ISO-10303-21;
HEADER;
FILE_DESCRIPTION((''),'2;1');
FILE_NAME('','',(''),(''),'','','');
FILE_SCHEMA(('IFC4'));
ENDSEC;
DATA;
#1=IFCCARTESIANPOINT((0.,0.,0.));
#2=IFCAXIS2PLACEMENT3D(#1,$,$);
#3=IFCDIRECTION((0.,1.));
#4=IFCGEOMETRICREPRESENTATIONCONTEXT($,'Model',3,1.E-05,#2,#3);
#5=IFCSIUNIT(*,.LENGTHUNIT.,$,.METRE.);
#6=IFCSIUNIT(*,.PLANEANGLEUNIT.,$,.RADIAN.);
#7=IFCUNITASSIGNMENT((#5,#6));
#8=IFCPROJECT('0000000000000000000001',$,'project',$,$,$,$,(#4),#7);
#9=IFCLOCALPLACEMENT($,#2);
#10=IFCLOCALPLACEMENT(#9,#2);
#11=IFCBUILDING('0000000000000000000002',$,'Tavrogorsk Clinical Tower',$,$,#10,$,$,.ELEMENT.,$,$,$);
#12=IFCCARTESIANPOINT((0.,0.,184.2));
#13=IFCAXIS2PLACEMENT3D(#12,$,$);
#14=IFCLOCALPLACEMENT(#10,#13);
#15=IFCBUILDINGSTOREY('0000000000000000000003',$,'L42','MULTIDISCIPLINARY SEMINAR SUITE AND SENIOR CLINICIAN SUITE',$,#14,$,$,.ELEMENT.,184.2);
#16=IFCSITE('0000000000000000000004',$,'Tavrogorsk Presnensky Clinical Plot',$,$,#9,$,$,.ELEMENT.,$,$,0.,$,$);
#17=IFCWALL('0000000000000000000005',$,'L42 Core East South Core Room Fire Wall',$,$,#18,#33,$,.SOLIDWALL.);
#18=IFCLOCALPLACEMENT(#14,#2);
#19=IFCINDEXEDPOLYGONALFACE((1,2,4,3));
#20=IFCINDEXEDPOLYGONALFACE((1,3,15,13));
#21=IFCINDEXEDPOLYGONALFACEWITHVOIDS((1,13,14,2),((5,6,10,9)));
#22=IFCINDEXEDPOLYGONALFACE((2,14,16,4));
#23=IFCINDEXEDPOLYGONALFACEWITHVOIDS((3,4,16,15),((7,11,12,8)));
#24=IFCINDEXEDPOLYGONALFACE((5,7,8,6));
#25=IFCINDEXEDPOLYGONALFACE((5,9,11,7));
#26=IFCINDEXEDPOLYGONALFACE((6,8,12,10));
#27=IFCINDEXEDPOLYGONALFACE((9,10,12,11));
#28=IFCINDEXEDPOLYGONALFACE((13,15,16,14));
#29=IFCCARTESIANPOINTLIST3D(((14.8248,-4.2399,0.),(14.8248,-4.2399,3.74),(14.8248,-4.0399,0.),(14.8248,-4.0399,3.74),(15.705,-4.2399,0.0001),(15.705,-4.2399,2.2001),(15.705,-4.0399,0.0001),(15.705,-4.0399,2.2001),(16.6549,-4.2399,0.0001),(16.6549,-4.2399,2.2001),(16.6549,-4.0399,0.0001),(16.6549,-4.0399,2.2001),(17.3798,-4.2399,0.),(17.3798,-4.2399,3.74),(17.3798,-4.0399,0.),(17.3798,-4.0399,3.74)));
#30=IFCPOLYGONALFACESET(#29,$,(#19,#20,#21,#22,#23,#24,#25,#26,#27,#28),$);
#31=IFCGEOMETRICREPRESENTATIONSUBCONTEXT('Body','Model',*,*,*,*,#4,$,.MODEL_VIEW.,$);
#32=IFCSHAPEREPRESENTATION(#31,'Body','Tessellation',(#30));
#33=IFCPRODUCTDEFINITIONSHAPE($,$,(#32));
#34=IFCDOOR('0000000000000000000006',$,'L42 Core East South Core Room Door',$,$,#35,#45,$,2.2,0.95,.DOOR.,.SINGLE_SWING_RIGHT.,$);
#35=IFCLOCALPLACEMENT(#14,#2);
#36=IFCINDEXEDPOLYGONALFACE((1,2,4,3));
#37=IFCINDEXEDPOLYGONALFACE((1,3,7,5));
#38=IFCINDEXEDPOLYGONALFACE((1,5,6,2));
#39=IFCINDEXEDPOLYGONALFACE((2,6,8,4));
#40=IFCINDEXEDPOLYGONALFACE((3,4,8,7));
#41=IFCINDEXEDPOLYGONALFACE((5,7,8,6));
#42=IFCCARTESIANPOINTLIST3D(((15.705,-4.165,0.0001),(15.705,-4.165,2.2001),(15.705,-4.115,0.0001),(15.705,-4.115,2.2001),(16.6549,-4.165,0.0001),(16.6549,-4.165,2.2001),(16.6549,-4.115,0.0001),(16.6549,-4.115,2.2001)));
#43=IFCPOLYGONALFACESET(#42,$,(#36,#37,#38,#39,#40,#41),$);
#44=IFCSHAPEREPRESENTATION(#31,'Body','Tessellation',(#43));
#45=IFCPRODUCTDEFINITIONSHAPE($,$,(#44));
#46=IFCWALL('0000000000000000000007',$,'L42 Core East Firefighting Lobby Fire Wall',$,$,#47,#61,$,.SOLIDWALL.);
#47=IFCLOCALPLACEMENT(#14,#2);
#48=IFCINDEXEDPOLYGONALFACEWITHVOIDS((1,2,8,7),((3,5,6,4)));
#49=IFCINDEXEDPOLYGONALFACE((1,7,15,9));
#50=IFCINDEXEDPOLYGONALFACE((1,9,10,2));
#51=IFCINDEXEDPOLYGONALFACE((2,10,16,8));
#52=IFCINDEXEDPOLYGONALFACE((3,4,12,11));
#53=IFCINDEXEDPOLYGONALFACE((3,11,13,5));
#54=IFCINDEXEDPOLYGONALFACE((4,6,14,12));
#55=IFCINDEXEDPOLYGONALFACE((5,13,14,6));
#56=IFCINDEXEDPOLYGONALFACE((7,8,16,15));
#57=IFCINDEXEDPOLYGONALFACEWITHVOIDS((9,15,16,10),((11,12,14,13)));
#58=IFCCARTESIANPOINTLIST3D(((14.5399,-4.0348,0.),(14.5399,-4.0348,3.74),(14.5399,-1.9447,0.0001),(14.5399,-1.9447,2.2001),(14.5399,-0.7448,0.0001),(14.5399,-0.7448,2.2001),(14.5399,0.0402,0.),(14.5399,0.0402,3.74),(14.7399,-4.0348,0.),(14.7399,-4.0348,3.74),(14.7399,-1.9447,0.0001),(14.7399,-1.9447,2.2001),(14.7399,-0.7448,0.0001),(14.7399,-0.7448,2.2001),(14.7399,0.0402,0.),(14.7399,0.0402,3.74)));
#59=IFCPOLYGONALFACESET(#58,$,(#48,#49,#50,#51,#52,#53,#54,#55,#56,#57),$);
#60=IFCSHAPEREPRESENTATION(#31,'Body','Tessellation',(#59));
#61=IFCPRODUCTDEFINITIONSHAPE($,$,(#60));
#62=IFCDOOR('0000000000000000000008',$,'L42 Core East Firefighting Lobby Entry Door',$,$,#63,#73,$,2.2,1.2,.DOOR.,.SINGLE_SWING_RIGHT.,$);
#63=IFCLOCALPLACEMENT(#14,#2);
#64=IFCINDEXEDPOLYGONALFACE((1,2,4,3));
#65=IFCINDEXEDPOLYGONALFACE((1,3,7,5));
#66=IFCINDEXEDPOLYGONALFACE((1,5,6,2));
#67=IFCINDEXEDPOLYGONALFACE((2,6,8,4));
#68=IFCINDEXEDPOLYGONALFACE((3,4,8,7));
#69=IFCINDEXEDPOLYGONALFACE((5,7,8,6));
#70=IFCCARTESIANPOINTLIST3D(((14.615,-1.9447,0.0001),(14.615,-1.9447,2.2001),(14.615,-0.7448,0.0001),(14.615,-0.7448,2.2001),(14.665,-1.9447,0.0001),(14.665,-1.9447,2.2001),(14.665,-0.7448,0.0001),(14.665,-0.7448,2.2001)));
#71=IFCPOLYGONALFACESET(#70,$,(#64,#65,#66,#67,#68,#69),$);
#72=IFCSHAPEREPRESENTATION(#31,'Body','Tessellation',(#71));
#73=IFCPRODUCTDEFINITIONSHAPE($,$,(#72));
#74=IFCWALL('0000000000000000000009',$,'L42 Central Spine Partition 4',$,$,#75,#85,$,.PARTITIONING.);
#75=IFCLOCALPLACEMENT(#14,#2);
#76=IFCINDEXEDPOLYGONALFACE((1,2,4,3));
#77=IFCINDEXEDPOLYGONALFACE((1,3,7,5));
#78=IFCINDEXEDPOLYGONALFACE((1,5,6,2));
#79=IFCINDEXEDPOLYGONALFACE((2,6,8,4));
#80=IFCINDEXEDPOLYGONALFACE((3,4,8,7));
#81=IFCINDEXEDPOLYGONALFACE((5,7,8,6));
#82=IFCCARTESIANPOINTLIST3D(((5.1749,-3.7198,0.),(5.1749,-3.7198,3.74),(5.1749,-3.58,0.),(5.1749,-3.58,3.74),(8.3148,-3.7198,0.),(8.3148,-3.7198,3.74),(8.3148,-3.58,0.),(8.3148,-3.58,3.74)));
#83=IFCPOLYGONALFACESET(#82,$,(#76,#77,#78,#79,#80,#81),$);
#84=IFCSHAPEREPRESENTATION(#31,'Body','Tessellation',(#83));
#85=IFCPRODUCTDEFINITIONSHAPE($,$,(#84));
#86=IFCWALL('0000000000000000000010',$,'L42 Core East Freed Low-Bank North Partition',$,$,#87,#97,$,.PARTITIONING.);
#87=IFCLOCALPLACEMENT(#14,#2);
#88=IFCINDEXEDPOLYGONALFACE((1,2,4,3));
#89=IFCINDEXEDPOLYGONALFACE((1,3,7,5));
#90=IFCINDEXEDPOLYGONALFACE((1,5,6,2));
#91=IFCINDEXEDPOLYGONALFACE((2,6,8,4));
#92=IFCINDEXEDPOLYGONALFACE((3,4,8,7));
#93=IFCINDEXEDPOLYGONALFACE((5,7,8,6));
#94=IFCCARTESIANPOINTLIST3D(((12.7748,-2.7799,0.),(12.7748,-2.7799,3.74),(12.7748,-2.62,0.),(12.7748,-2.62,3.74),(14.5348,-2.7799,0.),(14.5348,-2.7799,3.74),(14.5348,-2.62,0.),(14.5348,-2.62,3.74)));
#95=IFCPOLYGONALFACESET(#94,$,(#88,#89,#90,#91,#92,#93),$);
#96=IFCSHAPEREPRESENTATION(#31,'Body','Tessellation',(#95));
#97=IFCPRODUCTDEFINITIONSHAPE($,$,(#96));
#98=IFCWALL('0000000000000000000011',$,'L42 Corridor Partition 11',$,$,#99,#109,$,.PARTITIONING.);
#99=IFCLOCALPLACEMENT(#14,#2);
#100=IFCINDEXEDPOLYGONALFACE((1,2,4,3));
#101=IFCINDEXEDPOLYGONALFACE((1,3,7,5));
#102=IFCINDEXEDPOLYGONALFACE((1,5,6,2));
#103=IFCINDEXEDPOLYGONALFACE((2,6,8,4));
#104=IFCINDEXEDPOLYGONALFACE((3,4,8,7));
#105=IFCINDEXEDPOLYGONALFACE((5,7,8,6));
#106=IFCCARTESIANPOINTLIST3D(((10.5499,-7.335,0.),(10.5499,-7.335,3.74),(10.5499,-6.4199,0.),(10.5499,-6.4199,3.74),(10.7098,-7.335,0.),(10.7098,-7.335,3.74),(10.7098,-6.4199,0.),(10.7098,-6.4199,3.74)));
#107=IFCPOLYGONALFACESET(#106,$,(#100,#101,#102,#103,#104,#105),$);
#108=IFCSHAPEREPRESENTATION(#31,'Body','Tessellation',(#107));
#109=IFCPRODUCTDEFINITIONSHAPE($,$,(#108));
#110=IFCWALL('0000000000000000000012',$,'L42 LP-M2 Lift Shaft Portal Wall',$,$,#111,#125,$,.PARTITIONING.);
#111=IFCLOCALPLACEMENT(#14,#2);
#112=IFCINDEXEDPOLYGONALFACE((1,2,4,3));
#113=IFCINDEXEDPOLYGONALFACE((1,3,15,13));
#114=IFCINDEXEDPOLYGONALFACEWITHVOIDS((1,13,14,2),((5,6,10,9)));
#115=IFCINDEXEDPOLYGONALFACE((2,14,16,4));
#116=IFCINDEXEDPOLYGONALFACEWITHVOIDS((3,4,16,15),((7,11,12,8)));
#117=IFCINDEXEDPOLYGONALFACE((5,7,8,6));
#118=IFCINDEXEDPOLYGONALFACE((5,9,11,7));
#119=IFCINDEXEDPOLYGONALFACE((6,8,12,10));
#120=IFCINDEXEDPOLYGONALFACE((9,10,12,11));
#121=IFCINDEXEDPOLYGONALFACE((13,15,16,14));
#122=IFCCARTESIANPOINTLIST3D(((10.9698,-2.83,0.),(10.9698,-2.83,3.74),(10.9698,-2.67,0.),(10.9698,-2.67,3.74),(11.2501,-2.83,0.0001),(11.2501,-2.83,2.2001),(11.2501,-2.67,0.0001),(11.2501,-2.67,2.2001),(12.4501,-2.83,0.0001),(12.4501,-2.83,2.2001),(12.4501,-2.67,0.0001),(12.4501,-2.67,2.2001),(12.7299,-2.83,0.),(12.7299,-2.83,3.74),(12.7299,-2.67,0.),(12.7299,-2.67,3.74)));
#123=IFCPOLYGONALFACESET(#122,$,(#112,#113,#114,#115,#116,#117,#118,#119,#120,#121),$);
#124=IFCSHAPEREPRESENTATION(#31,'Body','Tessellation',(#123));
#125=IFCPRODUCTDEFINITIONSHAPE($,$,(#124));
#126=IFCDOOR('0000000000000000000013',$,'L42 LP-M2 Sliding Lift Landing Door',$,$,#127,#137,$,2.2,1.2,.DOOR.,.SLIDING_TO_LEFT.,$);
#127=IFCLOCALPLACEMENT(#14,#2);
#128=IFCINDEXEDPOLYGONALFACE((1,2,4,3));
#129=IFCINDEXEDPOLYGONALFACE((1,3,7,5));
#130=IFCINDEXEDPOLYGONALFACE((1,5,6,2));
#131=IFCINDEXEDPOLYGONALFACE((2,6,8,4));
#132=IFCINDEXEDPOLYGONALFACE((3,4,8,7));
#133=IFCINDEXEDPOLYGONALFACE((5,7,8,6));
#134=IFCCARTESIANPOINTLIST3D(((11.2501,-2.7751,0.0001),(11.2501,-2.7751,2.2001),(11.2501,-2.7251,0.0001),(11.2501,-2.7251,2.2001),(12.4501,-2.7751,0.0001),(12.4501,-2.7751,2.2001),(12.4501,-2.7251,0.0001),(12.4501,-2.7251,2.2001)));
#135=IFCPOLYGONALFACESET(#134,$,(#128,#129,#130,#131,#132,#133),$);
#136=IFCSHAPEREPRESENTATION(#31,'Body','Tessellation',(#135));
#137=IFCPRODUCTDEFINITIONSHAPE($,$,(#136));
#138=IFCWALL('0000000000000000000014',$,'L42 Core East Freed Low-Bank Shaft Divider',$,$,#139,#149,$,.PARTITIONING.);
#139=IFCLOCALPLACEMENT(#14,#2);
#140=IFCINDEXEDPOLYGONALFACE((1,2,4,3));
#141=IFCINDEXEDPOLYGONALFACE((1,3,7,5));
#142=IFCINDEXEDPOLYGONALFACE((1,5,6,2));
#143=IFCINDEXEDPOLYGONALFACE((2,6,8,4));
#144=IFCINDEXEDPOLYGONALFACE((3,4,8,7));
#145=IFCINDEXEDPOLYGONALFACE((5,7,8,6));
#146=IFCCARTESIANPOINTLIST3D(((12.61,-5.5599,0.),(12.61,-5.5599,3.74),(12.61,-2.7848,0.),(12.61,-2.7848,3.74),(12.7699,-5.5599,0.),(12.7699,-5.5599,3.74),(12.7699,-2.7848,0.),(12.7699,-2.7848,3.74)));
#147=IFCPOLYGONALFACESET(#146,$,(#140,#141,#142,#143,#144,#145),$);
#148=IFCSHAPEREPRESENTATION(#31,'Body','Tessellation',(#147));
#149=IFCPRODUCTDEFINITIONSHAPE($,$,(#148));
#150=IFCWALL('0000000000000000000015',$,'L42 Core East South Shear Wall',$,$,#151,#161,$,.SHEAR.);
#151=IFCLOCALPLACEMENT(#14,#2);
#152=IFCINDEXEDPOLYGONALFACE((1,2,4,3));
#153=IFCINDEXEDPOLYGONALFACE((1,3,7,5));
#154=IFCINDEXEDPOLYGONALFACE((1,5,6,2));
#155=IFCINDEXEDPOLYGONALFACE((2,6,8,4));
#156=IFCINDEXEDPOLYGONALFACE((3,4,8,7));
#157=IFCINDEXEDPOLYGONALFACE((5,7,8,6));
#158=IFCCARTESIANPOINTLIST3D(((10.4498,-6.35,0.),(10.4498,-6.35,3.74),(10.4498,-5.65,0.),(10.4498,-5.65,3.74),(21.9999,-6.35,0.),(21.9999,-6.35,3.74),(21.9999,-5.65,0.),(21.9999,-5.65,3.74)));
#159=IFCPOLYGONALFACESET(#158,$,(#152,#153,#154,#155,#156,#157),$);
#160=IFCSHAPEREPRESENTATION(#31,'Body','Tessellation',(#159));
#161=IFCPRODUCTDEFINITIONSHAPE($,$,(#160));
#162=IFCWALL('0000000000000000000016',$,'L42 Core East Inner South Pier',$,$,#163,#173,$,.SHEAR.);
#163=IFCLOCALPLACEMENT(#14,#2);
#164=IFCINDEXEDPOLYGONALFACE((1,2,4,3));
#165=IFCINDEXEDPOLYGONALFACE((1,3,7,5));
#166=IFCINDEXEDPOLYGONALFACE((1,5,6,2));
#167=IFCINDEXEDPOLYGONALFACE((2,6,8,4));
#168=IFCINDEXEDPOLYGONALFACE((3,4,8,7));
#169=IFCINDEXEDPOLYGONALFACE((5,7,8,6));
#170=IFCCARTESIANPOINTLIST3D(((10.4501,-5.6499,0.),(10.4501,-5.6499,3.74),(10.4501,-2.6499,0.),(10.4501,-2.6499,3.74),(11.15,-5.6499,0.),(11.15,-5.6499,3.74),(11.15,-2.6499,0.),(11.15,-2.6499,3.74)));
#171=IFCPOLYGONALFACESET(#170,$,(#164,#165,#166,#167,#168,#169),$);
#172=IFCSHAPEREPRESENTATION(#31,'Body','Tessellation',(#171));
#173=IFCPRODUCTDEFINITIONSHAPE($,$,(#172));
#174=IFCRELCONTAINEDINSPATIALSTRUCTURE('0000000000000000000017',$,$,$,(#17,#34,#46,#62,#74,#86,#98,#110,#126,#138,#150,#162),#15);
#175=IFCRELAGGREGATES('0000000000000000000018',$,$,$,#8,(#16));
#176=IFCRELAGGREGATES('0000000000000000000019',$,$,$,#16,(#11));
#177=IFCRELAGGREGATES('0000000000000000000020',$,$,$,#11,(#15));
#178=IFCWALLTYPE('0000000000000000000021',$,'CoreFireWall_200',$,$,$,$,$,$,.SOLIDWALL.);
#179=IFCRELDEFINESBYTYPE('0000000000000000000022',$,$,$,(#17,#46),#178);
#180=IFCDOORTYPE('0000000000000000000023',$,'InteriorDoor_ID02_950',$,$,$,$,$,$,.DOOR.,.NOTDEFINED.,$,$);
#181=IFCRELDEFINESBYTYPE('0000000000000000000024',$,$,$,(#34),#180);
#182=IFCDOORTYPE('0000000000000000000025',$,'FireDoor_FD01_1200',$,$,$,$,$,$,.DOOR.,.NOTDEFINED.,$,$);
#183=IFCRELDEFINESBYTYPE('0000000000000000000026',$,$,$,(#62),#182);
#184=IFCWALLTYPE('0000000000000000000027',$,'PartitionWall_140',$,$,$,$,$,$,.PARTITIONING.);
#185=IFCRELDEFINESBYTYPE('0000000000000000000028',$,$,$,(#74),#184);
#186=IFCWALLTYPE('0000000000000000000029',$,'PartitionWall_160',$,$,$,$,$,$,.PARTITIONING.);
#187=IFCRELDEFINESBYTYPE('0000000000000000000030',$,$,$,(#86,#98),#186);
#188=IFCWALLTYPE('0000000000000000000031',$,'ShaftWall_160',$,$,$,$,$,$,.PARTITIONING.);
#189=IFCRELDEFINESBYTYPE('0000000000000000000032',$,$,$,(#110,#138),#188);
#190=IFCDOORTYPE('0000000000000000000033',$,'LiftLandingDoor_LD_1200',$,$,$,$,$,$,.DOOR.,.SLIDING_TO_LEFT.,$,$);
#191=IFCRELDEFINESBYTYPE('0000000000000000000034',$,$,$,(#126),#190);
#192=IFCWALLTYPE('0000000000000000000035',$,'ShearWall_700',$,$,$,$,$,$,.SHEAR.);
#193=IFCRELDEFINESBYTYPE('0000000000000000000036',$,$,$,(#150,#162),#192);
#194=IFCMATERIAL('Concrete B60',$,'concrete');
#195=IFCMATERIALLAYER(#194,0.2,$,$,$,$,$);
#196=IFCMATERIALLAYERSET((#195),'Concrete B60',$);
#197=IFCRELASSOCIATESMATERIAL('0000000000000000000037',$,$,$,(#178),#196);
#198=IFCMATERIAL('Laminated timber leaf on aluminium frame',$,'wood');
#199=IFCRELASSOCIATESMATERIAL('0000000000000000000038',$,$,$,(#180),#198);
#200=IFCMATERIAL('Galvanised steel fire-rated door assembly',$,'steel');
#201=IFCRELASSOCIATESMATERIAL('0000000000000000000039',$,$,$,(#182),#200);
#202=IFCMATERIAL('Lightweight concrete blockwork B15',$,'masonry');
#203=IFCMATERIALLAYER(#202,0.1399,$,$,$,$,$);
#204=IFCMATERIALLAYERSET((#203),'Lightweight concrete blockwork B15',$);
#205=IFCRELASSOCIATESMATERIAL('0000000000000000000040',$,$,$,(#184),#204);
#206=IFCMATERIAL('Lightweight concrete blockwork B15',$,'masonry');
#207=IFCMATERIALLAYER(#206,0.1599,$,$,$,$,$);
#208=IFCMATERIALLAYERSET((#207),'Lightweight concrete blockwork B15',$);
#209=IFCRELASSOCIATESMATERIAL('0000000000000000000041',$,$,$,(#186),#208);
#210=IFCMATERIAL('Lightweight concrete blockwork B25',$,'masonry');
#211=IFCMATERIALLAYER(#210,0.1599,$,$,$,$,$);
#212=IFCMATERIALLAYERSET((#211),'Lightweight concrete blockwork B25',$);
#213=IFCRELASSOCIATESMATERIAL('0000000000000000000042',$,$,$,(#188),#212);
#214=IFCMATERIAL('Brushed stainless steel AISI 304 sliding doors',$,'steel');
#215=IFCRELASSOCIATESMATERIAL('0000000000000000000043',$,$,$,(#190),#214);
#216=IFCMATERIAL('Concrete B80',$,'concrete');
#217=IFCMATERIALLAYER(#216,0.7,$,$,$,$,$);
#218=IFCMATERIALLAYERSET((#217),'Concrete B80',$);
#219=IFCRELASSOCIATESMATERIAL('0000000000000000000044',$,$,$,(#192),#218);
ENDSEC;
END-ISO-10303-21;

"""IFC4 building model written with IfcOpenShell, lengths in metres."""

from ifc_helpers import new_model, si_unit, direction, frame, frame_2d, origin, place, context, subcontext, project, spatial, rectangle, extrude, material, layer, layer_set, type_object, element, fill, save


model = new_model("IFC4")

# Units and contexts
model_context = context("Model", 3, precision=1e-05, world=origin(), true_north=direction((0.0, 1.0)))
body_context = subcontext(model_context, "Body", "Model", "MODEL_VIEW")
ifc_project = project(units=[si_unit("LENGTHUNIT", "METRE"), si_unit("PLANEANGLEUNIT", "RADIAN")], contexts=[model_context])

# Site, building, storey
site_placement = place(None, origin())
site = spatial("IfcSite", under=ifc_project, at=site_placement, Name="Tavrogorsk Presnensky Clinical Plot", CompositionType="ELEMENT", RefElevation=0.0)
building_placement = place(site_placement, origin())
building = spatial("IfcBuilding", under=site, at=building_placement, Name="Tavrogorsk Clinical Tower", CompositionType="ELEMENT")
storey_placement = place(building_placement, frame((0.0, 0.0, 184.2)))
storey = spatial("IfcBuildingStorey", under=building, at=storey_placement, Name="L42", Description="MULTIDISCIPLINARY SEMINAR SUITE AND SENIOR CLINICIAN SUITE", CompositionType="ELEMENT", Elevation=184.2)

# Walls, openings, doors
ifc_material_1 = material(Name="Concrete B60", Category="concrete")
ifc_layer_1 = layer(ifc_material_1, 0.2)
ifc_layer_set_1 = layer_set([ifc_layer_1], Name="Concrete B60")
wall_type_1 = type_object("IfcWallType", Name="CoreFireWall_200", PredefinedType="SOLIDWALL", material=ifc_layer_set_1)
wall_1_placement = place(storey_placement, frame((14.825, -4.1399, 0.0), z_axis=(0.0, 0.0, 1.0), x_axis=(1.0, 0.0, 0.0)))
wall_1 = element("IfcWall", 1, at=wall_1_placement, inside=storey, type_object=wall_type_1, Name="L42 Core East South Core Room Fire Wall", PredefinedType="SOLIDWALL", context=body_context, shape_type="SweptSolid", body=[
    extrude(rectangle(XDim=2.5549, YDim=0.2, at=frame_2d((1.2773, 0.0))), origin(), (0.0, 0.0, 1.0), 3.74),
])
opening_1_placement = place(wall_1_placement, frame((0.8799, 0.0, 0.0)))
opening_1 = element("IfcOpeningElement", 2, at=opening_1_placement, cuts=wall_1, PredefinedType="OPENING", context=body_context, shape_type="SweptSolid", body=[
    extrude(rectangle(XDim=0.95, YDim=2.2, at=frame_2d((0.4751, 1.1001))), frame((0.0, 0.1099, 0.0), z_axis=(0.0, -1.0, 0.0), x_axis=(1.0, 0.0, 0.0)), (0.0, 0.0, 1.0), 0.22),
])
ifc_material_2 = material(Name="Laminated timber leaf on aluminium frame", Category="wood")
door_type_1 = type_object("IfcDoorType", Name="InteriorDoor_ID02_950", OperationType="NOTDEFINED", PredefinedType="DOOR", material=ifc_material_2)
door_1_placement = place(opening_1_placement, origin())
door_1 = element("IfcDoor", 3, at=door_1_placement, inside=storey, type_object=door_type_1, Name="L42 Core East South Core Room Door", OperationType="SINGLE_SWING_RIGHT", OverallHeight=2.2, OverallWidth=0.95, PredefinedType="DOOR", context=body_context, shape_type="SweptSolid", body=[
    extrude(rectangle(XDim=0.95, YDim=2.2, at=frame_2d((0.4751, 1.1001))), frame((0.0, 0.0249, 0.0), z_axis=(0.0, -1.0, 0.0), x_axis=(1.0, 0.0, 0.0)), (0.0, 0.0, 1.0), 0.05),
])
fill(opening_1, door_1)
wall_2_placement = place(storey_placement, frame((14.6399, -4.0349, 0.0), z_axis=(0.0, 0.0, 1.0), x_axis=(0.0, 1.0, 0.0)))
wall_2 = element("IfcWall", 4, at=wall_2_placement, inside=storey, type_object=wall_type_1, Name="L42 Core East Firefighting Lobby Fire Wall", PredefinedType="SOLIDWALL", context=body_context, shape_type="SweptSolid", body=[
    extrude(rectangle(XDim=4.075, YDim=0.2, at=frame_2d((2.0376, 0.0))), origin(), (0.0, 0.0, 1.0), 3.74),
])
opening_2_placement = place(wall_2_placement, frame((2.0901, 0.0, 0.0)))
opening_2 = element("IfcOpeningElement", 5, at=opening_2_placement, cuts=wall_2, PredefinedType="OPENING", context=body_context, shape_type="SweptSolid", body=[
    extrude(rectangle(XDim=1.2, YDim=2.2, at=frame_2d((0.6001, 1.1001))), frame((0.0, 0.1099, 0.0), z_axis=(0.0, -1.0, 0.0), x_axis=(1.0, 0.0, 0.0)), (0.0, 0.0, 1.0), 0.22),
])
ifc_material_3 = material(Name="Galvanised steel fire-rated door assembly", Category="steel")
door_type_2 = type_object("IfcDoorType", Name="FireDoor_FD01_1200", OperationType="NOTDEFINED", PredefinedType="DOOR", material=ifc_material_3)
door_2_placement = place(opening_2_placement, origin())
door_2 = element("IfcDoor", 6, at=door_2_placement, inside=storey, type_object=door_type_2, Name="L42 Core East Firefighting Lobby Entry Door", OperationType="SINGLE_SWING_RIGHT", OverallHeight=2.2, OverallWidth=1.2, PredefinedType="DOOR", context=body_context, shape_type="SweptSolid", body=[
    extrude(rectangle(XDim=1.2, YDim=2.2, at=frame_2d((0.6001, 1.1001))), frame((0.0, 0.0249, 0.0), z_axis=(0.0, -1.0, 0.0), x_axis=(1.0, 0.0, 0.0)), (0.0, 0.0, 1.0), 0.05),
])
fill(opening_2, door_2)

# Walls
ifc_material_4 = material(Name="Lightweight concrete blockwork B15", Category="masonry")
ifc_layer_2 = layer(ifc_material_4, 0.1399)
ifc_layer_set_2 = layer_set([ifc_layer_2], Name="Lightweight concrete blockwork B15")
wall_type_2 = type_object("IfcWallType", Name="PartitionWall_140", PredefinedType="PARTITIONING", material=ifc_layer_set_2)
wall_3_placement = place(storey_placement, frame((5.175, -3.6499, 0.0), z_axis=(0.0, 0.0, 1.0), x_axis=(1.0, 0.0, 0.0)))
element("IfcWall", 7, at=wall_3_placement, inside=storey, type_object=wall_type_2, Name="L42 Central Spine Partition 4", PredefinedType="PARTITIONING", context=body_context, shape_type="SweptSolid", body=[
    extrude(rectangle(XDim=3.1399, YDim=0.1399, at=frame_2d((1.5698, 0.0))), origin(), (0.0, 0.0, 1.0), 3.74),
])
ifc_material_5 = material(Name="Lightweight concrete blockwork B15", Category="masonry")
ifc_layer_3 = layer(ifc_material_5, 0.1599)
ifc_layer_set_3 = layer_set([ifc_layer_3], Name="Lightweight concrete blockwork B15")
wall_type_3 = type_object("IfcWallType", Name="PartitionWall_160", PredefinedType="PARTITIONING", material=ifc_layer_set_3)
wall_4_placement = place(storey_placement, frame((12.7749, -2.7, 0.0), z_axis=(0.0, 0.0, 1.0), x_axis=(1.0, 0.0, 0.0)))
element("IfcWall", 8, at=wall_4_placement, inside=storey, type_object=wall_type_3, Name="L42 Core East Freed Low-Bank North Partition", PredefinedType="PARTITIONING", context=body_context, shape_type="SweptSolid", body=[
    extrude(rectangle(XDim=1.76, YDim=0.1599, at=frame_2d((0.8799, 0.0))), origin(), (0.0, 0.0, 1.0), 3.74),
])
wall_5_placement = place(storey_placement, frame((10.6299, -6.4199, 0.0), z_axis=(0.0, 0.0, 1.0), x_axis=(0.0, -1.0, 0.0)))
element("IfcWall", 9, at=wall_5_placement, inside=storey, type_object=wall_type_3, Name="L42 Corridor Partition 11", PredefinedType="PARTITIONING", context=body_context, shape_type="SweptSolid", body=[
    extrude(rectangle(XDim=0.915, YDim=0.1599, at=frame_2d((0.4575, 0.0))), origin(), (0.0, 0.0, 1.0), 3.74),
])

# Wall, opening, door
ifc_material_6 = material(Name="Lightweight concrete blockwork B25", Category="masonry")
ifc_layer_4 = layer(ifc_material_6, 0.1599)
ifc_layer_set_4 = layer_set([ifc_layer_4], Name="Lightweight concrete blockwork B25")
wall_type_4 = type_object("IfcWallType", Name="ShaftWall_160", PredefinedType="PARTITIONING", material=ifc_layer_set_4)
wall_6_placement = place(storey_placement, frame((10.97, -2.75, 0.0), z_axis=(0.0, 0.0, 1.0), x_axis=(1.0, 0.0, 0.0)))
wall_6 = element("IfcWall", 10, at=wall_6_placement, inside=storey, type_object=wall_type_4, Name="L42 LP-M2 Lift Shaft Portal Wall", PredefinedType="PARTITIONING", context=body_context, shape_type="SweptSolid", body=[
    extrude(rectangle(XDim=1.76, YDim=0.1599, at=frame_2d((0.8799, 0.0))), origin(), (0.0, 0.0, 1.0), 3.74),
])
opening_3_placement = place(wall_6_placement, frame((0.28, 0.0, 0.0)))
opening_3 = element("IfcOpeningElement", 11, at=opening_3_placement, cuts=wall_6, PredefinedType="OPENING", context=body_context, shape_type="SweptSolid", body=[
    extrude(rectangle(XDim=1.2, YDim=2.2, at=frame_2d((0.6001, 1.1001))), frame((0.0, 0.0898, 0.0), z_axis=(0.0, -1.0, 0.0), x_axis=(1.0, 0.0, 0.0)), (0.0, 0.0, 1.0), 0.1799),
])
ifc_material_7 = material(Name="Brushed stainless steel AISI 304 sliding doors", Category="steel")
door_type_3 = type_object("IfcDoorType", Name="LiftLandingDoor_LD_1200", OperationType="SLIDING_TO_LEFT", PredefinedType="DOOR", material=ifc_material_7)
door_3_placement = place(opening_3_placement, origin())
door_3 = element("IfcDoor", 12, at=door_3_placement, inside=storey, type_object=door_type_3, Name="L42 LP-M2 Sliding Lift Landing Door", OperationType="SLIDING_TO_LEFT", OverallHeight=2.2, OverallWidth=1.2, PredefinedType="DOOR", context=body_context, shape_type="SweptSolid", body=[
    extrude(rectangle(XDim=1.2, YDim=2.2, at=frame_2d((0.6001, 1.1001))), frame((0.0, 0.0249, 0.0), z_axis=(0.0, -1.0, 0.0), x_axis=(1.0, 0.0, 0.0)), (0.0, 0.0, 1.0), 0.05),
])
fill(opening_3, door_3)

# Walls
wall_7_placement = place(storey_placement, frame((12.6899, -5.5601, 0.0), z_axis=(0.0, 0.0, 1.0), x_axis=(0.0, 1.0, 0.0)))
element("IfcWall", 13, at=wall_7_placement, inside=storey, type_object=wall_type_4, Name="L42 Core East Freed Low-Bank Shaft Divider", PredefinedType="PARTITIONING", context=body_context, shape_type="SweptSolid", body=[
    extrude(rectangle(XDim=2.7751, YDim=0.1599, at=frame_2d((1.3877, 0.0))), origin(), (0.0, 0.0, 1.0), 3.74),
])
ifc_material_8 = material(Name="Concrete B80", Category="concrete")
ifc_layer_5 = layer(ifc_material_8, 0.7)
ifc_layer_set_5 = layer_set([ifc_layer_5], Name="Concrete B80")
wall_type_5 = type_object("IfcWallType", Name="ShearWall_700", PredefinedType="SHEAR", material=ifc_layer_set_5)
wall_8_placement = place(storey_placement, frame((10.45, -6.0, 0.0), z_axis=(0.0, 0.0, 1.0), x_axis=(1.0, 0.0, 0.0)))
element("IfcWall", 14, at=wall_8_placement, inside=storey, type_object=wall_type_5, Name="L42 Core East South Shear Wall", PredefinedType="SHEAR", context=body_context, shape_type="SweptSolid", body=[
    extrude(rectangle(XDim=11.55, YDim=0.7, at=frame_2d((5.7749, 0.0))), origin(), (0.0, 0.0, 1.0), 3.74),
])
wall_9_placement = place(storey_placement, frame((10.8, -5.6499, 0.0), z_axis=(0.0, 0.0, 1.0), x_axis=(0.0, 1.0, 0.0)))
element("IfcWall", 15, at=wall_9_placement, inside=storey, type_object=wall_type_5, Name="L42 Core East Inner South Pier", PredefinedType="SHEAR", context=body_context, shape_type="SweptSolid", body=[
    extrude(rectangle(XDim=3.0, YDim=0.7, at=frame_2d((1.5, 0.0))), origin(), (0.0, 0.0, 1.0), 3.74),
])

save(model, "model.ifc")
